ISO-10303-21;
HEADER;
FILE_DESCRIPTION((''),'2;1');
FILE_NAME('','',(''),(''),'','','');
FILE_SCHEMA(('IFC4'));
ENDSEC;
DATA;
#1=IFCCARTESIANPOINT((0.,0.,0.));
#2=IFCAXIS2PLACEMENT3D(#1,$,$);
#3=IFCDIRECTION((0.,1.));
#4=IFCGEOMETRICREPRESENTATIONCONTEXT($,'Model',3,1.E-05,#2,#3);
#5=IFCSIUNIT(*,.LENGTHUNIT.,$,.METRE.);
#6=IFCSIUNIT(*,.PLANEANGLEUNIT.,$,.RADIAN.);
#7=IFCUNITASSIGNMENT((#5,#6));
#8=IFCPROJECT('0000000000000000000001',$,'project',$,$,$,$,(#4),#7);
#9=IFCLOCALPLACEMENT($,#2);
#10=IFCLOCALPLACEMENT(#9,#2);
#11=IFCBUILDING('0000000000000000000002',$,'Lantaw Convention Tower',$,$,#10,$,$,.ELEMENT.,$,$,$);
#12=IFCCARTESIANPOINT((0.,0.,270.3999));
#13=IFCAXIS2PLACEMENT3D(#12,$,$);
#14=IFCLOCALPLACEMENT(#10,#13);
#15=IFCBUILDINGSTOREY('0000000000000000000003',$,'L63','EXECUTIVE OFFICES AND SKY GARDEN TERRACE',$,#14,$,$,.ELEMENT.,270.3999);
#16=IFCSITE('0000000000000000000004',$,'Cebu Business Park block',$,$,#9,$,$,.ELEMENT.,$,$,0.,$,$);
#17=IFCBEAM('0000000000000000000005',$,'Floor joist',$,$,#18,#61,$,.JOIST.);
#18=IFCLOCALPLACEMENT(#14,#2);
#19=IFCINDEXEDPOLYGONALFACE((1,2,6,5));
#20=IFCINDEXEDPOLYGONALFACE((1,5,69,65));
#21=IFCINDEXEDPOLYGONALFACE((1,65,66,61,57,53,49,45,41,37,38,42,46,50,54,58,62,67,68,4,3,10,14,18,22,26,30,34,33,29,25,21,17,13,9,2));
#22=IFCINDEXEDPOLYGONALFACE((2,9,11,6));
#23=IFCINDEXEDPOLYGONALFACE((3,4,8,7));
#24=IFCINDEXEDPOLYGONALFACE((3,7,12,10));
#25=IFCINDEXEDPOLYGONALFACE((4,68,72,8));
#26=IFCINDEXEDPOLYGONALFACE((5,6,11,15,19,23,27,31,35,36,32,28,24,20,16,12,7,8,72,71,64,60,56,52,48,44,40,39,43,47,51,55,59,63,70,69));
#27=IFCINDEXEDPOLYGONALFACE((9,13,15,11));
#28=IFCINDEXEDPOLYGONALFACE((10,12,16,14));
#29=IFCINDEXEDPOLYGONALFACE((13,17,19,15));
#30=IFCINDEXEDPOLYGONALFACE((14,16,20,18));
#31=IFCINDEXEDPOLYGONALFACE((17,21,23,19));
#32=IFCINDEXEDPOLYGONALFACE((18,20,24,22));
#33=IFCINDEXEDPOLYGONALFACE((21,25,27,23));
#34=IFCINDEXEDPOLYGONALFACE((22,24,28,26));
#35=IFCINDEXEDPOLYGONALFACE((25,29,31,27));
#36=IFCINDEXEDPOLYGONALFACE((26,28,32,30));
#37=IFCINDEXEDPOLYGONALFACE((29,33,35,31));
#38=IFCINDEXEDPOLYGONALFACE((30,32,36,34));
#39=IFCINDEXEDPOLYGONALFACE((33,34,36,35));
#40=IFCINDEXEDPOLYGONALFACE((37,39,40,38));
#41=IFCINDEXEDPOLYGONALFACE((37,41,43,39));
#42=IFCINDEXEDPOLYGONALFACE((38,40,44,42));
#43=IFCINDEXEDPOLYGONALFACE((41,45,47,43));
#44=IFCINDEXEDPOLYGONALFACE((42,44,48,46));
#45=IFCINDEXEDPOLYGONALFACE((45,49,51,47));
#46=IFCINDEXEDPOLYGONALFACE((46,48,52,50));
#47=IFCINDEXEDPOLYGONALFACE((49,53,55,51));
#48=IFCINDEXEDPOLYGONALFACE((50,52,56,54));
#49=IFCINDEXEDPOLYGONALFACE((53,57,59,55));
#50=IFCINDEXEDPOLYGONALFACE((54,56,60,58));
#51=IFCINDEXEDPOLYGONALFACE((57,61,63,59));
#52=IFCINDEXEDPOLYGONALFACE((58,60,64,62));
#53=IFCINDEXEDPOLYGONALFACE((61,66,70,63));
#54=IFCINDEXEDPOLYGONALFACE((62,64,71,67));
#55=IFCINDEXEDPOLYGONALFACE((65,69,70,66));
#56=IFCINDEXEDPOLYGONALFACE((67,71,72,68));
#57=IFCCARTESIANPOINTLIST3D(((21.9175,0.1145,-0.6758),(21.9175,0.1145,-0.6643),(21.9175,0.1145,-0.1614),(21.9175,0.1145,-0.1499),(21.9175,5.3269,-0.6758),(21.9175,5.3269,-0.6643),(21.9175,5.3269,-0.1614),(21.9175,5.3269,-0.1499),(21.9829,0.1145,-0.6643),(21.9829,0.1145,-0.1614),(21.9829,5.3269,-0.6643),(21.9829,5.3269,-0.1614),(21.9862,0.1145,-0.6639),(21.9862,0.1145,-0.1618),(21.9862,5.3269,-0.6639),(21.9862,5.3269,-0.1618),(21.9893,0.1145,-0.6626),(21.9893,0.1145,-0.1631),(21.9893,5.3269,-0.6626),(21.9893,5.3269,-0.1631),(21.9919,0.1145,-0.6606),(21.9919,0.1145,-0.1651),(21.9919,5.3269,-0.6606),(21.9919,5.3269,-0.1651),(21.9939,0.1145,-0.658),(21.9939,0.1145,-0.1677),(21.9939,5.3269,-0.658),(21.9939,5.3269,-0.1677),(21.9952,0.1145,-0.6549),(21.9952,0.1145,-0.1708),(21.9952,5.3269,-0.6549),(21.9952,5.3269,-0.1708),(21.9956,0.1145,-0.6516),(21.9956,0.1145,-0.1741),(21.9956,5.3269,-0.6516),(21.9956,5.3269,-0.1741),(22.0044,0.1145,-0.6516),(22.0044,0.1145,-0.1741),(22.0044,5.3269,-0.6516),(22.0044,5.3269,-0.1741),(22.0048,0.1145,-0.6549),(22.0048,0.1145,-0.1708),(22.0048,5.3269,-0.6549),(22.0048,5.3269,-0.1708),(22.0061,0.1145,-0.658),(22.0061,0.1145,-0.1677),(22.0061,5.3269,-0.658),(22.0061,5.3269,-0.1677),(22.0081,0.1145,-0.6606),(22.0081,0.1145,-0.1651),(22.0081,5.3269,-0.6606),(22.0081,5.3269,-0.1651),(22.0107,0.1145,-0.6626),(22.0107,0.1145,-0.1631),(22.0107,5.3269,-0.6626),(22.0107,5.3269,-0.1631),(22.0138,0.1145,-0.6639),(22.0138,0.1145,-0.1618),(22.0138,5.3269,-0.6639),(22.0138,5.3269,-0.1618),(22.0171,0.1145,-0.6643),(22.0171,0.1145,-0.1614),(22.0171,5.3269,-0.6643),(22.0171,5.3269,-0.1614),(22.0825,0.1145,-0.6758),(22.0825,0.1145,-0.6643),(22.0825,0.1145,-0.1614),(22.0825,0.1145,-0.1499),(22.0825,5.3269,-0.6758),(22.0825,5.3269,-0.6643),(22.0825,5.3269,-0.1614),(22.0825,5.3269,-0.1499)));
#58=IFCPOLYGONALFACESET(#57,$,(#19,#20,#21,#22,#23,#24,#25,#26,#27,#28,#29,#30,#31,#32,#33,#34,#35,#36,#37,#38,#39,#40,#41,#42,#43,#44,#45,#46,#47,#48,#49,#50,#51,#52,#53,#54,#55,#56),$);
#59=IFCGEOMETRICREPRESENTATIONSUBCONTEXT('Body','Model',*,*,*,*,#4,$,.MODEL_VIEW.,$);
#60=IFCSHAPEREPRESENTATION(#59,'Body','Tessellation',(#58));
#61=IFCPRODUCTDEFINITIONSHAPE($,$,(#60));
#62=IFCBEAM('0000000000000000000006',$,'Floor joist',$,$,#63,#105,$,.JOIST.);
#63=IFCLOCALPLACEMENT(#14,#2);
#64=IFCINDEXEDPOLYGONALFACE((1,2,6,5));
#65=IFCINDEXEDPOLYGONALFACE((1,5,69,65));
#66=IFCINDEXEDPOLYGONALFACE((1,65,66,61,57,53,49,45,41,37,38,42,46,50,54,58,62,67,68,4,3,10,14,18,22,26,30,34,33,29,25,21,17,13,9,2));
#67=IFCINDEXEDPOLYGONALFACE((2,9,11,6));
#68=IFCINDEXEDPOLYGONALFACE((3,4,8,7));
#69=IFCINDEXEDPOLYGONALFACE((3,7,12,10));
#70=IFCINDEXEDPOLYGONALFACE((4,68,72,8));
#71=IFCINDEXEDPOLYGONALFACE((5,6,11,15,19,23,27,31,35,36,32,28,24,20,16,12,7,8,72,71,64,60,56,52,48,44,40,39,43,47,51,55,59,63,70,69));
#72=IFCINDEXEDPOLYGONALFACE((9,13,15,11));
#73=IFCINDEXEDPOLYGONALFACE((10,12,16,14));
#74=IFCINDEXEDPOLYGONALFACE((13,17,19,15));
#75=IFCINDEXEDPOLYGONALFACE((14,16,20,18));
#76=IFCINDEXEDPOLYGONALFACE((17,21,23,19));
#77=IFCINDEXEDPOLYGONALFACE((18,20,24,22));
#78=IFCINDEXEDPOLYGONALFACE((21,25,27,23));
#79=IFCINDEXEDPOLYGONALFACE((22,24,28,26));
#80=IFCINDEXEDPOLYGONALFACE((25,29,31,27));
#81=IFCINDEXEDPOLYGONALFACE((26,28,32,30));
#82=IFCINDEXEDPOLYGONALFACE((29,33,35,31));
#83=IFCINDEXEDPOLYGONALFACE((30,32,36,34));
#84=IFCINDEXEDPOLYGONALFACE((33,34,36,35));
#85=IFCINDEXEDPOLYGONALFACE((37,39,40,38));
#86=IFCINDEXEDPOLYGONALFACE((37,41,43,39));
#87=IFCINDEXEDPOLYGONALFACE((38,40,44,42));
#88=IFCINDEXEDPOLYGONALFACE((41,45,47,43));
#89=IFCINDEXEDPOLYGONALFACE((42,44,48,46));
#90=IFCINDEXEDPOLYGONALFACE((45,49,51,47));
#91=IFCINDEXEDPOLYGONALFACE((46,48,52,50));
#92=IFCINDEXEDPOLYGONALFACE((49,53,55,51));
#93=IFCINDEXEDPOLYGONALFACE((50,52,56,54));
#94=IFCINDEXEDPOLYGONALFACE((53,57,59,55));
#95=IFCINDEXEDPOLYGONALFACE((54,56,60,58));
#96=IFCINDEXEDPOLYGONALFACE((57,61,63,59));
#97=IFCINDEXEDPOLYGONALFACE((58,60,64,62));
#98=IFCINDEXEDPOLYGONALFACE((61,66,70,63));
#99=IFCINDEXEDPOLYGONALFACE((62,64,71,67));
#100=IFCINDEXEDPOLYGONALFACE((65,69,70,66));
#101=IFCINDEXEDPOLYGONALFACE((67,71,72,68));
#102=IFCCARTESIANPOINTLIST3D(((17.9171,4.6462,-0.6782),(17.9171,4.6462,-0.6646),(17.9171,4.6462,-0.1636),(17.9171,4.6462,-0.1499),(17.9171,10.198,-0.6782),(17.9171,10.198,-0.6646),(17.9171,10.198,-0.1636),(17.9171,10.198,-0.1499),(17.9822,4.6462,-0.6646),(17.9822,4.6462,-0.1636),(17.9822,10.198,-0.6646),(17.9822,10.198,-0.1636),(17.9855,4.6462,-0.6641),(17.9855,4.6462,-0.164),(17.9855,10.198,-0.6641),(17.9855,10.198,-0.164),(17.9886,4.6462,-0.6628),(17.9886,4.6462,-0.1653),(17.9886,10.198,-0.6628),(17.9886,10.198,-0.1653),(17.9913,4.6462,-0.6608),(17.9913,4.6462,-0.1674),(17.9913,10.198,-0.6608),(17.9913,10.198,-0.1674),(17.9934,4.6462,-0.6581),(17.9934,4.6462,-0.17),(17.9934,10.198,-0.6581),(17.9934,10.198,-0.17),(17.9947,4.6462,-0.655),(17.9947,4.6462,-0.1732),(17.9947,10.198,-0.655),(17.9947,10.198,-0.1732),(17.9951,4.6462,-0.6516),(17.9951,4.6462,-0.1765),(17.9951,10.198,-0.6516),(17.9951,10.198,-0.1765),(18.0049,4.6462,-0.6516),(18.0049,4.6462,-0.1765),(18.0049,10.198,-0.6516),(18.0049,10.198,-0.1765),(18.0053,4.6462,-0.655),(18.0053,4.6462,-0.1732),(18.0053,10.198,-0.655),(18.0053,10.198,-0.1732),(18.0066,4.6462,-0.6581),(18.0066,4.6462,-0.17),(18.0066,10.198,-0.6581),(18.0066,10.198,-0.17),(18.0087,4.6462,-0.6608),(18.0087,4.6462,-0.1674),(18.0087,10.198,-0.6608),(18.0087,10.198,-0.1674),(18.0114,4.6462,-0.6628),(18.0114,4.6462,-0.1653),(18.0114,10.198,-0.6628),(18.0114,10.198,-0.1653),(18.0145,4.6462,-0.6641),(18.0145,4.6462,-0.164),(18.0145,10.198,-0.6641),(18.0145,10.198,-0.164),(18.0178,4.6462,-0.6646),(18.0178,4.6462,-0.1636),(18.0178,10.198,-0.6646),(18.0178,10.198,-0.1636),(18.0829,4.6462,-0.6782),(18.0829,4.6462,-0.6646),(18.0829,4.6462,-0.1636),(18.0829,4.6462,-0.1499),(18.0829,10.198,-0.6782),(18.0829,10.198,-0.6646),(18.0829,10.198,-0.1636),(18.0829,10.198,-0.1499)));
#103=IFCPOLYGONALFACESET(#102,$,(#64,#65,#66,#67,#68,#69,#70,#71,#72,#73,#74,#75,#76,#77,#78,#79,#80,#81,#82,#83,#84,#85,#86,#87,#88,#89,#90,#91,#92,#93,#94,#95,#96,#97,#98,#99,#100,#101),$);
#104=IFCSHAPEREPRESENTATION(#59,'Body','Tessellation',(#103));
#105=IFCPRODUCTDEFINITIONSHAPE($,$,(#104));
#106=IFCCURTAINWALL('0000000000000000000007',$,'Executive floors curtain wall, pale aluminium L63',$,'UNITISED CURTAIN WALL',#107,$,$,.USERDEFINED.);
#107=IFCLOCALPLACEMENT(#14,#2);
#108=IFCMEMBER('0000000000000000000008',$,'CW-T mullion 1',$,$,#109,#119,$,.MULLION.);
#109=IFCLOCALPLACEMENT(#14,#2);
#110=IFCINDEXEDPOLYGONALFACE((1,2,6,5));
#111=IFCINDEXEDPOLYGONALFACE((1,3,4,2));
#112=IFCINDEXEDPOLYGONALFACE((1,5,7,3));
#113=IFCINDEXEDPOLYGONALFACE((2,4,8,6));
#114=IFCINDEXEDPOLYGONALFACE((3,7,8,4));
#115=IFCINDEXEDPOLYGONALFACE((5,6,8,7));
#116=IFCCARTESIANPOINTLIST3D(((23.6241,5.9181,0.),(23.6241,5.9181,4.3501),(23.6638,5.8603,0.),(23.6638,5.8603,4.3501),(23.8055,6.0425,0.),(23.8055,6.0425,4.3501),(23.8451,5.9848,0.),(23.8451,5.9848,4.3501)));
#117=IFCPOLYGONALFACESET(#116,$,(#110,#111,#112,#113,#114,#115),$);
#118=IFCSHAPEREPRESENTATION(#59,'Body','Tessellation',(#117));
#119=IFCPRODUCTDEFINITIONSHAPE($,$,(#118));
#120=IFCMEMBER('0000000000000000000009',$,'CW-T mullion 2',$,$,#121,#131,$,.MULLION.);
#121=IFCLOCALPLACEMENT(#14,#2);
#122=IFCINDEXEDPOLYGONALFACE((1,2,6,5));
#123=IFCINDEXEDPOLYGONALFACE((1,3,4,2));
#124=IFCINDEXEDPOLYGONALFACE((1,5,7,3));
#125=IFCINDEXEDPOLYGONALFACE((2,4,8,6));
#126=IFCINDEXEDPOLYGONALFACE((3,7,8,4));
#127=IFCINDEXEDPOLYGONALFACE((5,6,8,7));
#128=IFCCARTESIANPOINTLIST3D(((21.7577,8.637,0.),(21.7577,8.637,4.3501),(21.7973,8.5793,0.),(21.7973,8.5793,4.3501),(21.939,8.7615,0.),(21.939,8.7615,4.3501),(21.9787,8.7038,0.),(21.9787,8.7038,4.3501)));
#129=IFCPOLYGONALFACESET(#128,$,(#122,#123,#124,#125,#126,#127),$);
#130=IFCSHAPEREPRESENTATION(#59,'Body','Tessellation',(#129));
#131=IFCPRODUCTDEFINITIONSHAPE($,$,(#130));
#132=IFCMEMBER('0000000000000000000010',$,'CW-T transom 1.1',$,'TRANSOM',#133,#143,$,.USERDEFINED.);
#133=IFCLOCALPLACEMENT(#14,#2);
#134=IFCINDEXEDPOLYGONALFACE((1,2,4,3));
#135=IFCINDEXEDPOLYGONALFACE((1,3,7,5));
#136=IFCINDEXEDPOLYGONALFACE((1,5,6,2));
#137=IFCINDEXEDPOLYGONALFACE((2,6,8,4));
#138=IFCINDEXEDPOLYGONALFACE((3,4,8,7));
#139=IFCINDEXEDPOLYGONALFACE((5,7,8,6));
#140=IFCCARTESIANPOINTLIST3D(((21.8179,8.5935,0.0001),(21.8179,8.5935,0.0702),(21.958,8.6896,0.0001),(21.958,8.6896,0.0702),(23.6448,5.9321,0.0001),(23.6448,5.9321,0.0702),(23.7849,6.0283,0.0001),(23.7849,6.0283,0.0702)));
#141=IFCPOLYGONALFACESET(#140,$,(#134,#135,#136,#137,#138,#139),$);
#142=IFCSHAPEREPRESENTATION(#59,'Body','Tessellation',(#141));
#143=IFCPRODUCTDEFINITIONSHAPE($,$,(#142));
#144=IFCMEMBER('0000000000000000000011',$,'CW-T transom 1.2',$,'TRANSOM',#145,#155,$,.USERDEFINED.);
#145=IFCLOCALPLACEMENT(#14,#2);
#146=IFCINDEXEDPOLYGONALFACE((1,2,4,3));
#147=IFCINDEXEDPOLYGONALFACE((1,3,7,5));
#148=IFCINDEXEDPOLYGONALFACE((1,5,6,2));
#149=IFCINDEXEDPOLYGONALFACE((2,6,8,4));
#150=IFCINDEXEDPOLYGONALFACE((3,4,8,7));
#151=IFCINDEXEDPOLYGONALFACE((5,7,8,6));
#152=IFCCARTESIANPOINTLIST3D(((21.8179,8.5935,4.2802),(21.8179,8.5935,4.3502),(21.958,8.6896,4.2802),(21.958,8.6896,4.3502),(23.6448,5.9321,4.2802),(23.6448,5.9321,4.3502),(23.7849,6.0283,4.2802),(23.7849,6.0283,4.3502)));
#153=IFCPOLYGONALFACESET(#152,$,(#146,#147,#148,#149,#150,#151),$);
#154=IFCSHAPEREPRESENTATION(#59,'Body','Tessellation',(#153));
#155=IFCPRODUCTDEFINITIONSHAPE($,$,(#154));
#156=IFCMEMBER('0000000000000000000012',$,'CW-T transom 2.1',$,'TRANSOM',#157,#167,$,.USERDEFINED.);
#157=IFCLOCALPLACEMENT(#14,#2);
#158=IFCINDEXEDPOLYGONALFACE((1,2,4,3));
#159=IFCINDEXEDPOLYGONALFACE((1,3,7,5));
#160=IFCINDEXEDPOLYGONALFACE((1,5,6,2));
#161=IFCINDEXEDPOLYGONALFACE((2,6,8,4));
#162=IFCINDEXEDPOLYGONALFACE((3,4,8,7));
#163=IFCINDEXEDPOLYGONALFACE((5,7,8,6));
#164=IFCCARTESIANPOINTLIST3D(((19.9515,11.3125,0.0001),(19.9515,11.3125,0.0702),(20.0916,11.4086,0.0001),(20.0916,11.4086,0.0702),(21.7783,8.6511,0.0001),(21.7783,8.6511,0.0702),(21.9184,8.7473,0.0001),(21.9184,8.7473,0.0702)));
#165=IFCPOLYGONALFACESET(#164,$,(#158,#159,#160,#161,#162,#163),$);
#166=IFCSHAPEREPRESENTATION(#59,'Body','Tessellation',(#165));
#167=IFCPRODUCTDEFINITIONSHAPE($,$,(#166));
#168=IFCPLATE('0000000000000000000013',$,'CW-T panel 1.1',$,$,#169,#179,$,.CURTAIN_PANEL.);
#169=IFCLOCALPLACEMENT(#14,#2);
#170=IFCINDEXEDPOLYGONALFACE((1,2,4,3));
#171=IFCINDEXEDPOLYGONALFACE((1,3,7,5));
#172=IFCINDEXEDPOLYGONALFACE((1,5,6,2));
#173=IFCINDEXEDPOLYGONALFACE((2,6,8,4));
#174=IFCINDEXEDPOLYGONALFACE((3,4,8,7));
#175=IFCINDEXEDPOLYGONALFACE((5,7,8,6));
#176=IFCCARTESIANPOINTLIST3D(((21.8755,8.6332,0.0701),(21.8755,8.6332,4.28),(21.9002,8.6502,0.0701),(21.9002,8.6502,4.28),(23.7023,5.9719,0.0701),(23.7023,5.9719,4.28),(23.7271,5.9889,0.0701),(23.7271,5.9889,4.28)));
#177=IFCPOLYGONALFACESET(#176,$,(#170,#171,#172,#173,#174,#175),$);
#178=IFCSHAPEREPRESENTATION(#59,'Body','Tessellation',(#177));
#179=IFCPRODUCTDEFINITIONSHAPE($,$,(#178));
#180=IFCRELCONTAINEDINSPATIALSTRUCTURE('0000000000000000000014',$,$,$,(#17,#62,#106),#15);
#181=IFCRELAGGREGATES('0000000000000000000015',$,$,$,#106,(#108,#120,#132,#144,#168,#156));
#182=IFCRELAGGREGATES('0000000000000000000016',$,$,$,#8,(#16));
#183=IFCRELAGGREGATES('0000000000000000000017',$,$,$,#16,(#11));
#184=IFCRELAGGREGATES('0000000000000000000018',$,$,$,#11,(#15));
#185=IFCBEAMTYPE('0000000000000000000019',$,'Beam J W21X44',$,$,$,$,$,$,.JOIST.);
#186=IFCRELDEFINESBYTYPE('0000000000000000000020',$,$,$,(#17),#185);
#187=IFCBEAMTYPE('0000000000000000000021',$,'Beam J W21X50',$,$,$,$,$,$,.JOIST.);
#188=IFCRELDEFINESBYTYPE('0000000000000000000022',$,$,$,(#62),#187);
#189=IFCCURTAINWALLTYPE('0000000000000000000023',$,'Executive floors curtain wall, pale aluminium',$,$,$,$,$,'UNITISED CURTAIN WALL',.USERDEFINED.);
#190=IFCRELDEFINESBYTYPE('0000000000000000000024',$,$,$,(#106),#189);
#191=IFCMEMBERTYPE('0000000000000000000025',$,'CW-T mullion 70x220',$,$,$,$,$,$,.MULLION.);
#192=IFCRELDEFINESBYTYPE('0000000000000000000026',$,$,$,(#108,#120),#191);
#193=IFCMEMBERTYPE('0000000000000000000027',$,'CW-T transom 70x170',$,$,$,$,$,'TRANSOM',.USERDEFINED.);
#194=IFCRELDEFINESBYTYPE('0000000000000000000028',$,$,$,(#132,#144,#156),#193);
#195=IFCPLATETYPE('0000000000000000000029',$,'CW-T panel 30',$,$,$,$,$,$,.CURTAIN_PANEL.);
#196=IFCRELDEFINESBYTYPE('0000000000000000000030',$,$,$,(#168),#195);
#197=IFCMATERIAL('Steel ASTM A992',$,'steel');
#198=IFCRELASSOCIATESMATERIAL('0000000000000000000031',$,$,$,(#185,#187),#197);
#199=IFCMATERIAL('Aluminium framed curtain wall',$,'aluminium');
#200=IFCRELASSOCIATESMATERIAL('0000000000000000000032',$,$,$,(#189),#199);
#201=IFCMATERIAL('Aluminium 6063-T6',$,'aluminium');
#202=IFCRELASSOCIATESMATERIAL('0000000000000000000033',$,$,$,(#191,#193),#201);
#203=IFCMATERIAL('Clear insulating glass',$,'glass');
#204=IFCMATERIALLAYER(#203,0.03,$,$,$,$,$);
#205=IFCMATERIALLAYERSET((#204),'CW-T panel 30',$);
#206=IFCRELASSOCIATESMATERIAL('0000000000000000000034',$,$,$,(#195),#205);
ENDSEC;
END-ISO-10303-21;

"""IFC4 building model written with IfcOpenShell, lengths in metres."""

from ifc_helpers import new_model, si_unit, direction, frame, origin, origin_2d, place, context, subcontext, project, spatial, rectangle, i_section, extrude, material, layer, layer_set, material_profile, profile_set, type_object, element, aggregate, save


model = new_model("IFC4")

# Units and contexts
model_context = context("Model", 3, precision=1e-05, world=origin(), true_north=direction((0.0, 1.0)))
body_context = subcontext(model_context, "Body", "Model", "MODEL_VIEW")
ifc_project = project(units=[si_unit("LENGTHUNIT", "METRE"), si_unit("PLANEANGLEUNIT", "RADIAN")], contexts=[model_context])

# Site, building, storey
site_placement = place(None, origin())
site = spatial("IfcSite", under=ifc_project, at=site_placement, Name="Cebu Business Park block", CompositionType="ELEMENT", RefElevation=0.0)
building_placement = place(site_placement, origin())
building = spatial("IfcBuilding", under=site, at=building_placement, Name="Lantaw Convention Tower", CompositionType="ELEMENT")
storey_placement = place(building_placement, frame((0.0, 0.0, 270.3999)))
storey = spatial("IfcBuildingStorey", under=building, at=storey_placement, Name="L63", Description="EXECUTIVE OFFICES AND SKY GARDEN TERRACE", CompositionType="ELEMENT", Elevation=270.3999)

# Beams
ifc_material_1 = material(Name="Steel ASTM A992", Category="steel")
ifc_material_profile_1 = material_profile(ifc_material_1, i_section(OverallWidth=0.165, OverallDepth=0.5259, WebThickness=0.0088, FlangeThickness=0.0115, FilletRadius=0.0127, at=origin_2d()), Name="W21X44")
ifc_profile_set_1 = profile_set([ifc_material_profile_1], Name="Steel ASTM A992")
beam_type_1 = type_object("IfcBeamType", Name="Beam J W21X44", PredefinedType="JOIST", material=ifc_profile_set_1)
beam_1_placement = place(storey_placement, frame((22.0, 0.1145, -0.4128), z_axis=(0.0, 1.0, 0.0), x_axis=(-1.0, 0.0, 0.0)))
element("IfcBeam", 1, at=beam_1_placement, inside=storey, type_object=beam_type_1, Name="Floor joist", PredefinedType="JOIST", context=body_context, shape_type="SweptSolid", body=[
    extrude(i_section(OverallWidth=0.165, OverallDepth=0.5259, WebThickness=0.0088, FlangeThickness=0.0115, FilletRadius=0.0127, at=origin_2d()), origin(), (0.0, 0.0, 1.0), 5.2124),
])
ifc_material_profile_2 = material_profile(ifc_material_1, i_section(OverallWidth=0.1658, OverallDepth=0.5283, WebThickness=0.0098, FlangeThickness=0.0137, FilletRadius=0.0129, at=origin_2d()), Name="W21X50")
ifc_profile_set_2 = profile_set([ifc_material_profile_2], Name="Steel ASTM A992")
beam_type_2 = type_object("IfcBeamType", Name="Beam J W21X50", PredefinedType="JOIST", material=ifc_profile_set_2)
beam_2_placement = place(storey_placement, frame((18.0, 4.6462, -0.4141), z_axis=(0.0, 1.0, 0.0), x_axis=(-1.0, 0.0, 0.0)))
element("IfcBeam", 2, at=beam_2_placement, inside=storey, type_object=beam_type_2, Name="Floor joist", PredefinedType="JOIST", context=body_context, shape_type="SweptSolid", body=[
    extrude(i_section(OverallWidth=0.1658, OverallDepth=0.5283, WebThickness=0.0098, FlangeThickness=0.0137, FilletRadius=0.0129, at=origin_2d()), origin(), (0.0, 0.0, 1.0), 5.5518),
])

# Curtain wall, members, plate
ifc_material_2 = material(Name="Aluminium framed curtain wall", Category="aluminium")
curtain_wall_type = type_object("IfcCurtainWallType", Name="Executive floors curtain wall, pale aluminium", ElementType="UNITISED CURTAIN WALL", PredefinedType="USERDEFINED", material=ifc_material_2)
curtain_wall_placement = place(storey_placement, origin())
curtain_wall = element("IfcCurtainWall", 3, at=curtain_wall_placement, inside=storey, type_object=curtain_wall_type, Name="Executive floors curtain wall, pale aluminium L63", ObjectType="UNITISED CURTAIN WALL", PredefinedType="USERDEFINED")
ifc_material_3 = material(Name="Aluminium 6063-T6", Category="aluminium")
ifc_material_profile_3 = material_profile(ifc_material_3, rectangle(XDim=0.22, YDim=0.0701, at=origin_2d()), Name="CW-T mullion 70x220")
ifc_profile_set_3 = profile_set([ifc_material_profile_3], Name="Aluminium 6063-T6")
member_type_1 = type_object("IfcMemberType", Name="CW-T mullion 70x220", PredefinedType="MULLION", material=ifc_profile_set_3)
member_1_placement = place(storey_placement, frame((23.7346, 5.9514, 0.0), z_axis=(0.0, 0.0, 1.0), x_axis=(-0.82445, -0.565935, 0.0)))
member_1 = element("IfcMember", 4, at=member_1_placement, type_object=member_type_1, Name="CW-T mullion 1", PredefinedType="MULLION", context=body_context, shape_type="SweptSolid", body=[
    extrude(rectangle(XDim=0.22, YDim=0.0701, at=origin_2d()), origin(), (0.0, 0.0, 1.0), 4.3501),
])
member_2_placement = place(storey_placement, frame((21.8682, 8.6704, 0.0), z_axis=(0.0, 0.0, 1.0), x_axis=(-0.82445, -0.565935, 0.0)))
member_2 = element("IfcMember", 5, at=member_2_placement, type_object=member_type_1, Name="CW-T mullion 2", PredefinedType="MULLION", context=body_context, shape_type="SweptSolid", body=[
    extrude(rectangle(XDim=0.22, YDim=0.0701, at=origin_2d()), origin(), (0.0, 0.0, 1.0), 4.3501),
])
ifc_material_profile_4 = material_profile(ifc_material_3, rectangle(XDim=0.1699, YDim=0.0701, at=origin_2d()), Name="CW-T transom 70x170")
ifc_profile_set_4 = profile_set([ifc_material_profile_4], Name="Aluminium 6063-T6")
member_type_2 = type_object("IfcMemberType", Name="CW-T transom 70x170", ElementType="TRANSOM", PredefinedType="USERDEFINED", material=ifc_profile_set_4)
member_3_placement = place(storey_placement, frame((23.7148, 5.9802, 0.0352), z_axis=(-0.565941, 0.824446, 0.0), x_axis=(-0.824446, -0.565941, 0.0)))
member_3 = element("IfcMember", 6, at=member_3_placement, type_object=member_type_2, Name="CW-T transom 1.1", ObjectType="TRANSOM", PredefinedType="USERDEFINED", context=body_context, shape_type="SweptSolid", body=[
    extrude(rectangle(XDim=0.1699, YDim=0.0701, at=origin_2d()), origin(), (0.0, 0.0, 1.0), 3.228),
])
member_4_placement = place(storey_placement, frame((23.7148, 5.9802, 4.3152), z_axis=(-0.565941, 0.824446, 0.0), x_axis=(-0.824446, -0.565941, 0.0)))
member_4 = element("IfcMember", 7, at=member_4_placement, type_object=member_type_2, Name="CW-T transom 1.2", ObjectType="TRANSOM", PredefinedType="USERDEFINED", context=body_context, shape_type="SweptSolid", body=[
    extrude(rectangle(XDim=0.1699, YDim=0.0701, at=origin_2d()), origin(), (0.0, 0.0, 1.0), 3.228),
])
member_5_placement = place(storey_placement, frame((21.8484, 8.6992, 0.0352), z_axis=(-0.565941, 0.824446, 0.0), x_axis=(-0.824446, -0.565941, 0.0)))
member_5 = element("IfcMember", 8, at=member_5_placement, type_object=member_type_2, Name="CW-T transom 2.1", ObjectType="TRANSOM", PredefinedType="USERDEFINED", context=body_context, shape_type="SweptSolid", body=[
    extrude(rectangle(XDim=0.1699, YDim=0.0701, at=origin_2d()), origin(), (0.0, 0.0, 1.0), 3.228),
])
ifc_material_4 = material(Name="Clear insulating glass", Category="glass")
ifc_layer_1 = layer(ifc_material_4, 0.03)
ifc_layer_set_1 = layer_set([ifc_layer_1], Name="CW-T panel 30")
plate_type_1 = type_object("IfcPlateType", Name="CW-T panel 30", PredefinedType="CURTAIN_PANEL", material=ifc_layer_set_1)
plate_1_placement = place(storey_placement, frame((22.8013, 7.311, 0.0701), z_axis=(0.0, 0.0, 1.0), x_axis=(-0.565935, 0.82445, 0.0)))
plate_1 = element("IfcPlate", 9, at=plate_1_placement, type_object=plate_type_1, Name="CW-T panel 1.1", PredefinedType="CURTAIN_PANEL", context=body_context, shape_type="SweptSolid", body=[
    extrude(rectangle(XDim=3.228, YDim=0.03, at=origin_2d()), origin(), (0.0, 0.0, 1.0), 4.21),
])
aggregate(curtain_wall, [member_1, member_2, member_3, member_4, plate_1, member_5])

save(model, "model.ifc")
